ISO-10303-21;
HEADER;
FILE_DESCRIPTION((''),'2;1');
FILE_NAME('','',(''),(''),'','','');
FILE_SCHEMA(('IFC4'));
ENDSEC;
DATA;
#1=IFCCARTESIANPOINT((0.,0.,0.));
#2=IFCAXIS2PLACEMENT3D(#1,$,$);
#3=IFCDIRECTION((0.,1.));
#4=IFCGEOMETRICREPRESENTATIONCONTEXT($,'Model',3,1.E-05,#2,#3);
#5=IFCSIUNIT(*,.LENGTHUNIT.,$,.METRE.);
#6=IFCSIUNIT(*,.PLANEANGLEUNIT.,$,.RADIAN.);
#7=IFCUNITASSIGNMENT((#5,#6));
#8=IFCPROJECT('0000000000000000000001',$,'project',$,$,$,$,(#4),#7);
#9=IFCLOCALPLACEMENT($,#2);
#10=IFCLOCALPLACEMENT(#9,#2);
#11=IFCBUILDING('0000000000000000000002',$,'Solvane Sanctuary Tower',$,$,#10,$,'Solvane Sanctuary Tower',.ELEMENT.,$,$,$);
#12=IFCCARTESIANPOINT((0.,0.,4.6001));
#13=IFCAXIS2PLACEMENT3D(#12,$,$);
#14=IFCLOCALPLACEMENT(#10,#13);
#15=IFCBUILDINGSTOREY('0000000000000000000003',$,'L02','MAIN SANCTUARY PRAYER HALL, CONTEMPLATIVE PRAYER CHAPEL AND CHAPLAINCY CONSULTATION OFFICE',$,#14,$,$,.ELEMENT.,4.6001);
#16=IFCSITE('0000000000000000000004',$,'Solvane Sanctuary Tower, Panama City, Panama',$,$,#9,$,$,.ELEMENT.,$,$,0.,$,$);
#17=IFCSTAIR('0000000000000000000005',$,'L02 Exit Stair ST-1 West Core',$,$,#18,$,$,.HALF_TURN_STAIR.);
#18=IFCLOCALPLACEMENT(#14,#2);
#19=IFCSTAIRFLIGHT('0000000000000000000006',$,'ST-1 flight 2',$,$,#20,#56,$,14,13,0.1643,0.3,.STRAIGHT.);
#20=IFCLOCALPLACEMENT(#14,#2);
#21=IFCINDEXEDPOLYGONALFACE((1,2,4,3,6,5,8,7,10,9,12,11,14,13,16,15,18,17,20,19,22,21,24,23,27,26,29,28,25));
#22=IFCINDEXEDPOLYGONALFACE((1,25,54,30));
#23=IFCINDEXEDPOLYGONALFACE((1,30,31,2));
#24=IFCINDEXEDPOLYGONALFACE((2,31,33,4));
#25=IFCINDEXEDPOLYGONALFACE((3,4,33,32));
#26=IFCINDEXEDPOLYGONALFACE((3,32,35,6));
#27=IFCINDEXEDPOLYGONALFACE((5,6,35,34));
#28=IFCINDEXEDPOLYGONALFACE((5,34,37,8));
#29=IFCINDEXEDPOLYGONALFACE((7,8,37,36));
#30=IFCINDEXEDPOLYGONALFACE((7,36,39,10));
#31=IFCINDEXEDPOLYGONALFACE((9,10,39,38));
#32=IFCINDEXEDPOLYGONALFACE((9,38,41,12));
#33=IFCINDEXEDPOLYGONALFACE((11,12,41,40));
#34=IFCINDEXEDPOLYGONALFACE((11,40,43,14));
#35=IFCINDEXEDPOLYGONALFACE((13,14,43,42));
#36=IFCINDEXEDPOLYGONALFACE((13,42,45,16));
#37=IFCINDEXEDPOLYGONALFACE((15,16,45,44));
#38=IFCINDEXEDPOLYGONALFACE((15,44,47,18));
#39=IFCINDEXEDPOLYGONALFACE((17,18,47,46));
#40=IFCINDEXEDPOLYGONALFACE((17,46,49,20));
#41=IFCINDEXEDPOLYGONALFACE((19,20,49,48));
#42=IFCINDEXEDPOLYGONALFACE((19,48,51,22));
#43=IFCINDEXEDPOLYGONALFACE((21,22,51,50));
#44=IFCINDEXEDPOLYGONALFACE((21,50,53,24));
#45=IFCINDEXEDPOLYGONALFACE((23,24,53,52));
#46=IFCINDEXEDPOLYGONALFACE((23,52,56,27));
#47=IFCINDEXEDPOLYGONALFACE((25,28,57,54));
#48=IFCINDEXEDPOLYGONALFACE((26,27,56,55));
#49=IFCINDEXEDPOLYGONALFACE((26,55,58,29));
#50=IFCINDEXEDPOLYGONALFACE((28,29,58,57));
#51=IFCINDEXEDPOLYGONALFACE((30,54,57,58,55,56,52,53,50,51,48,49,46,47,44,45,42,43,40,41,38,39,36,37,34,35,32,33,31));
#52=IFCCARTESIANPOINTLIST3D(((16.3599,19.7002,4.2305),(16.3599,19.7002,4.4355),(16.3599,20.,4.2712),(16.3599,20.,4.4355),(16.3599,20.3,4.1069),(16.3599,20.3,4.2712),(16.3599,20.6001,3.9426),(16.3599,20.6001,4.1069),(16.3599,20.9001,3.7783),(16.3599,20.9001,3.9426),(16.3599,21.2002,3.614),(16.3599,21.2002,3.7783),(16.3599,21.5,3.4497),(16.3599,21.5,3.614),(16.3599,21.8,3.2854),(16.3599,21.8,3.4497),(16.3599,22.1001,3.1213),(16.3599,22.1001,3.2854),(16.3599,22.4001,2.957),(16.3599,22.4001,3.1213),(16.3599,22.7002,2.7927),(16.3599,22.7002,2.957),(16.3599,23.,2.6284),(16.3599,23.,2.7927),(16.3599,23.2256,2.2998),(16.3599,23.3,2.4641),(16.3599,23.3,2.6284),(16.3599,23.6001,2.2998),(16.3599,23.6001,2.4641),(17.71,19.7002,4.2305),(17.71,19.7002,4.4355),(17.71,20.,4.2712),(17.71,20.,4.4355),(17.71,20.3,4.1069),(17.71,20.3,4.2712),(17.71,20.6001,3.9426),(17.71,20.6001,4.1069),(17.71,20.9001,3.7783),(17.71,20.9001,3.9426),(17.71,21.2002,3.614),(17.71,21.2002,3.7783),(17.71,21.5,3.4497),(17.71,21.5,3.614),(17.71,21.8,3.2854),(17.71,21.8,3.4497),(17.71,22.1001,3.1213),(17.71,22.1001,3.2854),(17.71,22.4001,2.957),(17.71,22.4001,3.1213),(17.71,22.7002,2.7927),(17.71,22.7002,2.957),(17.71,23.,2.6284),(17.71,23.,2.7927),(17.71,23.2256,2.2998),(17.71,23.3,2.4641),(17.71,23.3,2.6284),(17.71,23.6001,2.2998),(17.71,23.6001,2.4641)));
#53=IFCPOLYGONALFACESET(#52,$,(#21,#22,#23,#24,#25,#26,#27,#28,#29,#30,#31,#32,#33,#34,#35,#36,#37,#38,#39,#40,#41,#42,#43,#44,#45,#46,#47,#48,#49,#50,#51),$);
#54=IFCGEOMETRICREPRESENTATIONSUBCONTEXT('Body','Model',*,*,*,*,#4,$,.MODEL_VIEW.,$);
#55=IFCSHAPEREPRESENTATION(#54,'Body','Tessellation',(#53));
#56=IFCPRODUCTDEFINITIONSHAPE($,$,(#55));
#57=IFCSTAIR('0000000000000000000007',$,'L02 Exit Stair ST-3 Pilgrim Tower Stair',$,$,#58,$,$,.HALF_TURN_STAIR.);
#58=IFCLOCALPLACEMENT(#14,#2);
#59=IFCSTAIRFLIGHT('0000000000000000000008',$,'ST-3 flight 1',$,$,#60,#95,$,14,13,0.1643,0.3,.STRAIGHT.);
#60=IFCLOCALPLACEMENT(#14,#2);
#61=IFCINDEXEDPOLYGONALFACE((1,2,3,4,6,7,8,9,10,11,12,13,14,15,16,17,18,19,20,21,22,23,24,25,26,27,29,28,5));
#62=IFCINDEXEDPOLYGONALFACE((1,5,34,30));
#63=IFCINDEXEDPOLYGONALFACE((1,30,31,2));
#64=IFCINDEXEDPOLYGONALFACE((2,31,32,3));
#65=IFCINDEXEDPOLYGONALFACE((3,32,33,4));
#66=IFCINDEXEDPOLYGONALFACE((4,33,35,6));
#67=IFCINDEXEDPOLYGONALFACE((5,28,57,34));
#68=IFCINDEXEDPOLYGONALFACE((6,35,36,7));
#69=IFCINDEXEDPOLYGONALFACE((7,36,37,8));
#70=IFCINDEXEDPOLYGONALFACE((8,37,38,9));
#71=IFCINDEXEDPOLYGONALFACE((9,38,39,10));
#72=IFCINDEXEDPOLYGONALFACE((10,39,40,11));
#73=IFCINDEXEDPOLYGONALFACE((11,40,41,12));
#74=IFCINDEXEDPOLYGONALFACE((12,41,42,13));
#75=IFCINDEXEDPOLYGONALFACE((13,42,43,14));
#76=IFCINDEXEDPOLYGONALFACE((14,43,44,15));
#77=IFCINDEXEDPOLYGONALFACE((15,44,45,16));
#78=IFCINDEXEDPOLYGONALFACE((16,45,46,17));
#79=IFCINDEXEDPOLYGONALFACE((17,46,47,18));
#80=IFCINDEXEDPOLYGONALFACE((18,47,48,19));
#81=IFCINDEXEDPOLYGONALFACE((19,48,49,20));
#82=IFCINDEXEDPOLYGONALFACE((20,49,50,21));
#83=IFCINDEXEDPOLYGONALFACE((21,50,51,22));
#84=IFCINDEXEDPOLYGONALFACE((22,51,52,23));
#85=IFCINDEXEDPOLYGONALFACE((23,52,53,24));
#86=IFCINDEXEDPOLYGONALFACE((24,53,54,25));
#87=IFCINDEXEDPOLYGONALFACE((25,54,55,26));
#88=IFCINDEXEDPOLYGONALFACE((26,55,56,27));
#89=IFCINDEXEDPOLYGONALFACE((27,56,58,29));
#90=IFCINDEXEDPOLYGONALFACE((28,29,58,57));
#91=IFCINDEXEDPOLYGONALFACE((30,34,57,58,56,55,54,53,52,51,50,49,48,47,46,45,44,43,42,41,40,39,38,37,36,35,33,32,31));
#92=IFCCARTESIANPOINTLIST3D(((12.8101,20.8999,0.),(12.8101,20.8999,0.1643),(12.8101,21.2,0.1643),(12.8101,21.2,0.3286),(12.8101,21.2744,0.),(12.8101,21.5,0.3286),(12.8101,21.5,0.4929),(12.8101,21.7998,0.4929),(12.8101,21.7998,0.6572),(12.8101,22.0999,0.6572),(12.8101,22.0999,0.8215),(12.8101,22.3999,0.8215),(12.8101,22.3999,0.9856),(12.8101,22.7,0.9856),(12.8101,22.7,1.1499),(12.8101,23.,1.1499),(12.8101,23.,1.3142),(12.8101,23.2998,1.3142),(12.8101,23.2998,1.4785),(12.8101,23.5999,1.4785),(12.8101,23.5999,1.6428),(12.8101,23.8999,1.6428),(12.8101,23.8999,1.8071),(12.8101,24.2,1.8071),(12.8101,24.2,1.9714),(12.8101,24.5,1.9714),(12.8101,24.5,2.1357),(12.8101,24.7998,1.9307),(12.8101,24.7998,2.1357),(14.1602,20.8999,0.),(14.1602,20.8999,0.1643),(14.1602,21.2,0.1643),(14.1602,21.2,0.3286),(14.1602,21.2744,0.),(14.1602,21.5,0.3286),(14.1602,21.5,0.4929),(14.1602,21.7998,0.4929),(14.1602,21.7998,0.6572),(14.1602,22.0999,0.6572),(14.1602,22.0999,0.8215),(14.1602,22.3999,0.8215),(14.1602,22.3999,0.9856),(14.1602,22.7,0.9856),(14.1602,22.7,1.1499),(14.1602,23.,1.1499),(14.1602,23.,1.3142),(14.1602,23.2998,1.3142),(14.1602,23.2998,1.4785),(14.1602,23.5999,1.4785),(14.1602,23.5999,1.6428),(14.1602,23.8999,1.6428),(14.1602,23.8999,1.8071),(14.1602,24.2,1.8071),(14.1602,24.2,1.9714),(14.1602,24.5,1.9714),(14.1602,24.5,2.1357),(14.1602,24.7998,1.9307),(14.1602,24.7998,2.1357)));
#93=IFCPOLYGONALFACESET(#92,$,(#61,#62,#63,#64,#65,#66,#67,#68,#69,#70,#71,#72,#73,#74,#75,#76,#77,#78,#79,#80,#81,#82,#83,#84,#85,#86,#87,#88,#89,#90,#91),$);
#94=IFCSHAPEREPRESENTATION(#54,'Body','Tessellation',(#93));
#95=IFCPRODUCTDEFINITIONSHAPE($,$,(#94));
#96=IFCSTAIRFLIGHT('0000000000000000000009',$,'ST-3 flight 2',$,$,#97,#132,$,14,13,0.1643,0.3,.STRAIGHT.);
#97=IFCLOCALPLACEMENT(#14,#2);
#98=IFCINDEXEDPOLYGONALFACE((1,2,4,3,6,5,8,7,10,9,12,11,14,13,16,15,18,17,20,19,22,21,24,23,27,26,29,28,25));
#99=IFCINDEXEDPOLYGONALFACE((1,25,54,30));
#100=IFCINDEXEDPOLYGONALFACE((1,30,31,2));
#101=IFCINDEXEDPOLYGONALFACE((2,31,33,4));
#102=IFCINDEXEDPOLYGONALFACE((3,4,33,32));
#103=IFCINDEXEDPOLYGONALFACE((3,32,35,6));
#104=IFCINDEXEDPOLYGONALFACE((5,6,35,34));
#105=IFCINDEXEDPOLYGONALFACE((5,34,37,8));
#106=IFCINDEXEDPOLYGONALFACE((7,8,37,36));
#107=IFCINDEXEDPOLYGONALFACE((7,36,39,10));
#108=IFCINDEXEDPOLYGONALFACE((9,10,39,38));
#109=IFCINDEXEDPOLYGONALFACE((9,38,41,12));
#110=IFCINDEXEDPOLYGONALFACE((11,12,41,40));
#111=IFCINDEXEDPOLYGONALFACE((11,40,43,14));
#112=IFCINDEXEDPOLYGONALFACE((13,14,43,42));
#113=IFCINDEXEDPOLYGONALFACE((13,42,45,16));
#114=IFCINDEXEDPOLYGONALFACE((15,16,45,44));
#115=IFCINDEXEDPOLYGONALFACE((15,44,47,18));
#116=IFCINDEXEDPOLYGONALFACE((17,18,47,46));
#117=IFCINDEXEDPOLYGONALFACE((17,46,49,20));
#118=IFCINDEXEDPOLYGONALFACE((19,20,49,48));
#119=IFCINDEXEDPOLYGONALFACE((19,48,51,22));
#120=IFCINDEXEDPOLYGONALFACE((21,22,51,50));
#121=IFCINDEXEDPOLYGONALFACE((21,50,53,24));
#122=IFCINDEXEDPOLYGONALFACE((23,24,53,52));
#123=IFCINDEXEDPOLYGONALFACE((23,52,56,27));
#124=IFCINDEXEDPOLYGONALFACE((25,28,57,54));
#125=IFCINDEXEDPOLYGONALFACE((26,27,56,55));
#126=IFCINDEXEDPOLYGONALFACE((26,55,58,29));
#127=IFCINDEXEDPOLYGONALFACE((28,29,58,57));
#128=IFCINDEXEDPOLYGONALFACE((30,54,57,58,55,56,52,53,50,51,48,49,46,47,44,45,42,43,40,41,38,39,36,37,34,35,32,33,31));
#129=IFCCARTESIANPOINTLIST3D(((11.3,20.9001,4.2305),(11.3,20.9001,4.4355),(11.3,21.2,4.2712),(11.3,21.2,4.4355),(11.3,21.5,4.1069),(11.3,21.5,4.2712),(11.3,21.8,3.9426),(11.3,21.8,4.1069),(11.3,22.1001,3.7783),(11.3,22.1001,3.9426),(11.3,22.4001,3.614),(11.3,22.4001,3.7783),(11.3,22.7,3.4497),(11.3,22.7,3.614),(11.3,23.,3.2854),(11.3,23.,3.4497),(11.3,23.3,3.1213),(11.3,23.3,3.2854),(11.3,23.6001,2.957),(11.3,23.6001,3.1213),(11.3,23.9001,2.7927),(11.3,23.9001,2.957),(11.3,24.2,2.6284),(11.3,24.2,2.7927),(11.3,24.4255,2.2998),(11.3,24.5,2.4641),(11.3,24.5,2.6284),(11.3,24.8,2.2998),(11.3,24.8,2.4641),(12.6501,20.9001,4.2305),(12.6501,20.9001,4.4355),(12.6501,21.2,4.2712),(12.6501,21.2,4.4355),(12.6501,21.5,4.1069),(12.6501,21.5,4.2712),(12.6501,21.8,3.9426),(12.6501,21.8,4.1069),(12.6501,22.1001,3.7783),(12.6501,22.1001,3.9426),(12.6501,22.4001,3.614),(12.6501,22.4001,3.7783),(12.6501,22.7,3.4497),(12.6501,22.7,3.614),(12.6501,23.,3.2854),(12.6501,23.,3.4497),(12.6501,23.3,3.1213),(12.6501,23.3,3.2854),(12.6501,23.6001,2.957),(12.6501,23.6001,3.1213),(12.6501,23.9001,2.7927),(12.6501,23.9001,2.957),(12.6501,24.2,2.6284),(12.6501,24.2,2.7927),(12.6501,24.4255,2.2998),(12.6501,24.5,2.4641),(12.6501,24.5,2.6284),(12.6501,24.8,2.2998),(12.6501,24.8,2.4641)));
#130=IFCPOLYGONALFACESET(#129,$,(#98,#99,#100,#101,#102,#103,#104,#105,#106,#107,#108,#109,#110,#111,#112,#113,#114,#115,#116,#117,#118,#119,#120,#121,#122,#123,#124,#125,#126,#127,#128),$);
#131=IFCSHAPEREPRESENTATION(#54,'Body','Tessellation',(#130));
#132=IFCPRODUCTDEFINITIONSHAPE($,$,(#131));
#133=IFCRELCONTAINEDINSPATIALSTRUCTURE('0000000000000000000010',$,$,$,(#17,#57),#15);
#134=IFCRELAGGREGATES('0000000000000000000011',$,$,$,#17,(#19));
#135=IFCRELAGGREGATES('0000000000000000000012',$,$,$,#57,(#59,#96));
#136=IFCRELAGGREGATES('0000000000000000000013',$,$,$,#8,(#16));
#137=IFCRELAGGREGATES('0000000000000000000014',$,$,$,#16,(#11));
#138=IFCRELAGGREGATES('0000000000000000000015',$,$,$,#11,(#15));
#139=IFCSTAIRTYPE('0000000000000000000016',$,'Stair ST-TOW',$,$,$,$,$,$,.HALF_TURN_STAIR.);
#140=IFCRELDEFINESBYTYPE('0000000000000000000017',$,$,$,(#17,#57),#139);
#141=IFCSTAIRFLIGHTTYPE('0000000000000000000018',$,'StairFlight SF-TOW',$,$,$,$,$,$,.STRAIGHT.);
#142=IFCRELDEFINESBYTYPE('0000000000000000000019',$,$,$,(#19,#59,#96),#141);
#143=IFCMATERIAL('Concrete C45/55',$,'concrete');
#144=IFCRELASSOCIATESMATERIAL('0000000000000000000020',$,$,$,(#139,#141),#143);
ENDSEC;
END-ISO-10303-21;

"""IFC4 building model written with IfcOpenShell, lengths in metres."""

from ifc_helpers import new_model, si_unit, direction, frame, origin, place, context, subcontext, project, spatial, polyline, outline, extrude, material, type_object, element, aggregate, save


model = new_model("IFC4")

# Units and contexts
model_context = context("Model", 3, precision=1e-05, world=origin(), true_north=direction((0.0, 1.0)))
body_context = subcontext(model_context, "Body", "Model", "MODEL_VIEW")
ifc_project = project(units=[si_unit("LENGTHUNIT", "METRE"), si_unit("PLANEANGLEUNIT", "RADIAN")], contexts=[model_context])

# Site, building, storey
site_placement = place(None, origin())
site = spatial("IfcSite", under=ifc_project, at=site_placement, Name="Solvane Sanctuary Tower, Panama City, Panama", CompositionType="ELEMENT", RefElevation=0.0)
building_placement = place(site_placement, origin())
building = spatial("IfcBuilding", under=site, at=building_placement, Name="Solvane Sanctuary Tower", LongName="Solvane Sanctuary Tower", CompositionType="ELEMENT")
storey_placement = place(building_placement, frame((0.0, 0.0, 4.6001)))
storey = spatial("IfcBuildingStorey", under=building, at=storey_placement, Name="L02", Description="MAIN SANCTUARY PRAYER HALL, CONTEMPLATIVE PRAYER CHAPEL AND CHAPLAINCY CONSULTATION OFFICE", CompositionType="ELEMENT", Elevation=4.6001)

# Stair, stair flight
ifc_material_1 = material(Name="Concrete C45/55", Category="concrete")
stair_type = type_object("IfcStairType", Name="Stair ST-TOW", PredefinedType="HALF_TURN_STAIR", material=ifc_material_1)
stair_1_placement = place(storey_placement, origin())
stair_1 = element("IfcStair", 1, at=stair_1_placement, inside=storey, type_object=stair_type, Name="L02 Exit Stair ST-1 West Core", PredefinedType="HALF_TURN_STAIR")
stair_flight_type = type_object("IfcStairFlightType", Name="StairFlight SF-TOW", PredefinedType="STRAIGHT", material=ifc_material_1)
stair_flight_1_placement = place(storey_placement, frame((17.0349, 23.6001, 2.2998), z_axis=(0.0, 0.0, 1.0), x_axis=(0.0, -1.0, 0.0)))
stair_flight_1 = element("IfcStairFlight", 2, at=stair_flight_1_placement, type_object=stair_flight_type, Name="ST-1 flight 2", NumberOfRisers=14, NumberOfTreads=13, PredefinedType="STRAIGHT", RiserHeight=0.1643, TreadLength=0.3, context=body_context, shape_type="SweptSolid", body=[
    extrude(outline(polyline([(0.0, 0.0), (0.0, 0.1643), (0.3, 0.1643), (0.3, 0.3286), (0.6001, 0.3286), (0.6001, 0.4929), (0.8999, 0.4929), (0.8999, 0.6572), (1.2, 0.6572), (1.2, 0.8215), (1.5, 0.8215), (1.5, 0.9856), (1.8, 0.9856), (1.8, 1.1499), (2.1001, 1.1499), (2.1001, 1.3142), (2.3999, 1.3142), (2.3999, 1.4785), (2.7, 1.4785), (2.7, 1.6428), (3.0, 1.6428), (3.0, 1.8071), (3.3, 1.8071), (3.3, 1.9714), (3.6001, 1.9714), (3.6001, 2.1357), (3.8999, 2.1357), (3.8999, 2.3), (3.8999, 1.9307), (0.3745, 0.0), (0.0, 0.0)])), frame((0.0, 0.675, 0.0), z_axis=(0.0, -1.0, 0.0), x_axis=(1.0, 0.0, 0.0)), (0.0, 0.0, 1.0), 1.3501),
])
aggregate(stair_1, [stair_flight_1])

# Stair, stair flights
stair_2_placement = place(storey_placement, origin())
stair_2 = element("IfcStair", 3, at=stair_2_placement, inside=storey, type_object=stair_type, Name="L02 Exit Stair ST-3 Pilgrim Tower Stair", PredefinedType="HALF_TURN_STAIR")
stair_flight_2_placement = place(storey_placement, frame((13.4851, 20.8999, 0.0), z_axis=(0.0, 0.0, 1.0), x_axis=(0.0, 1.0, 0.0)))
stair_flight_2 = element("IfcStairFlight", 4, at=stair_flight_2_placement, type_object=stair_flight_type, Name="ST-3 flight 1", NumberOfRisers=14, NumberOfTreads=13, PredefinedType="STRAIGHT", RiserHeight=0.1643, TreadLength=0.3, context=body_context, shape_type="SweptSolid", body=[
    extrude(outline(polyline([(0.0, 0.0), (0.0, 0.1643), (0.3, 0.1643), (0.3, 0.3286), (0.6001, 0.3286), (0.6001, 0.4929), (0.8999, 0.4929), (0.8999, 0.6572), (1.2, 0.6572), (1.2, 0.8215), (1.5, 0.8215), (1.5, 0.9856), (1.8, 0.9856), (1.8, 1.1499), (2.1001, 1.1499), (2.1001, 1.3142), (2.3999, 1.3142), (2.3999, 1.4785), (2.7, 1.4785), (2.7, 1.6428), (3.0, 1.6428), (3.0, 1.8071), (3.3, 1.8071), (3.3, 1.9714), (3.6001, 1.9714), (3.6001, 2.1357), (3.8999, 2.1357), (3.8999, 2.3), (3.8999, 1.9307), (0.3745, 0.0), (0.0, 0.0)])), frame((0.0, 0.675, 0.0), z_axis=(0.0, -1.0, 0.0), x_axis=(1.0, 0.0, 0.0)), (0.0, 0.0, 1.0), 1.3501),
])
stair_flight_3_placement = place(storey_placement, frame((11.9751, 24.8, 2.2998), z_axis=(0.0, 0.0, 1.0), x_axis=(0.0, -1.0, 0.0)))
stair_flight_3 = element("IfcStairFlight", 5, at=stair_flight_3_placement, type_object=stair_flight_type, Name="ST-3 flight 2", NumberOfRisers=14, NumberOfTreads=13, PredefinedType="STRAIGHT", RiserHeight=0.1643, TreadLength=0.3, context=body_context, shape_type="SweptSolid", body=[
    extrude(outline(polyline([(0.0, 0.0), (0.0, 0.1643), (0.3, 0.1643), (0.3, 0.3286), (0.6001, 0.3286), (0.6001, 0.4929), (0.8999, 0.4929), (0.8999, 0.6572), (1.2, 0.6572), (1.2, 0.8215), (1.5, 0.8215), (1.5, 0.9856), (1.8, 0.9856), (1.8, 1.1499), (2.1001, 1.1499), (2.1001, 1.3142), (2.3999, 1.3142), (2.3999, 1.4785), (2.7, 1.4785), (2.7, 1.6428), (3.0, 1.6428), (3.0, 1.8071), (3.3, 1.8071), (3.3, 1.9714), (3.6001, 1.9714), (3.6001, 2.1357), (3.8999, 2.1357), (3.8999, 2.3), (3.8999, 1.9307), (0.3745, 0.0), (0.0, 0.0)])), frame((0.0, 0.675, 0.0), z_axis=(0.0, -1.0, 0.0), x_axis=(1.0, 0.0, 0.0)), (0.0, 0.0, 1.0), 1.3501),
])
aggregate(stair_2, [stair_flight_2, stair_flight_3])

save(model, "model.ifc")
